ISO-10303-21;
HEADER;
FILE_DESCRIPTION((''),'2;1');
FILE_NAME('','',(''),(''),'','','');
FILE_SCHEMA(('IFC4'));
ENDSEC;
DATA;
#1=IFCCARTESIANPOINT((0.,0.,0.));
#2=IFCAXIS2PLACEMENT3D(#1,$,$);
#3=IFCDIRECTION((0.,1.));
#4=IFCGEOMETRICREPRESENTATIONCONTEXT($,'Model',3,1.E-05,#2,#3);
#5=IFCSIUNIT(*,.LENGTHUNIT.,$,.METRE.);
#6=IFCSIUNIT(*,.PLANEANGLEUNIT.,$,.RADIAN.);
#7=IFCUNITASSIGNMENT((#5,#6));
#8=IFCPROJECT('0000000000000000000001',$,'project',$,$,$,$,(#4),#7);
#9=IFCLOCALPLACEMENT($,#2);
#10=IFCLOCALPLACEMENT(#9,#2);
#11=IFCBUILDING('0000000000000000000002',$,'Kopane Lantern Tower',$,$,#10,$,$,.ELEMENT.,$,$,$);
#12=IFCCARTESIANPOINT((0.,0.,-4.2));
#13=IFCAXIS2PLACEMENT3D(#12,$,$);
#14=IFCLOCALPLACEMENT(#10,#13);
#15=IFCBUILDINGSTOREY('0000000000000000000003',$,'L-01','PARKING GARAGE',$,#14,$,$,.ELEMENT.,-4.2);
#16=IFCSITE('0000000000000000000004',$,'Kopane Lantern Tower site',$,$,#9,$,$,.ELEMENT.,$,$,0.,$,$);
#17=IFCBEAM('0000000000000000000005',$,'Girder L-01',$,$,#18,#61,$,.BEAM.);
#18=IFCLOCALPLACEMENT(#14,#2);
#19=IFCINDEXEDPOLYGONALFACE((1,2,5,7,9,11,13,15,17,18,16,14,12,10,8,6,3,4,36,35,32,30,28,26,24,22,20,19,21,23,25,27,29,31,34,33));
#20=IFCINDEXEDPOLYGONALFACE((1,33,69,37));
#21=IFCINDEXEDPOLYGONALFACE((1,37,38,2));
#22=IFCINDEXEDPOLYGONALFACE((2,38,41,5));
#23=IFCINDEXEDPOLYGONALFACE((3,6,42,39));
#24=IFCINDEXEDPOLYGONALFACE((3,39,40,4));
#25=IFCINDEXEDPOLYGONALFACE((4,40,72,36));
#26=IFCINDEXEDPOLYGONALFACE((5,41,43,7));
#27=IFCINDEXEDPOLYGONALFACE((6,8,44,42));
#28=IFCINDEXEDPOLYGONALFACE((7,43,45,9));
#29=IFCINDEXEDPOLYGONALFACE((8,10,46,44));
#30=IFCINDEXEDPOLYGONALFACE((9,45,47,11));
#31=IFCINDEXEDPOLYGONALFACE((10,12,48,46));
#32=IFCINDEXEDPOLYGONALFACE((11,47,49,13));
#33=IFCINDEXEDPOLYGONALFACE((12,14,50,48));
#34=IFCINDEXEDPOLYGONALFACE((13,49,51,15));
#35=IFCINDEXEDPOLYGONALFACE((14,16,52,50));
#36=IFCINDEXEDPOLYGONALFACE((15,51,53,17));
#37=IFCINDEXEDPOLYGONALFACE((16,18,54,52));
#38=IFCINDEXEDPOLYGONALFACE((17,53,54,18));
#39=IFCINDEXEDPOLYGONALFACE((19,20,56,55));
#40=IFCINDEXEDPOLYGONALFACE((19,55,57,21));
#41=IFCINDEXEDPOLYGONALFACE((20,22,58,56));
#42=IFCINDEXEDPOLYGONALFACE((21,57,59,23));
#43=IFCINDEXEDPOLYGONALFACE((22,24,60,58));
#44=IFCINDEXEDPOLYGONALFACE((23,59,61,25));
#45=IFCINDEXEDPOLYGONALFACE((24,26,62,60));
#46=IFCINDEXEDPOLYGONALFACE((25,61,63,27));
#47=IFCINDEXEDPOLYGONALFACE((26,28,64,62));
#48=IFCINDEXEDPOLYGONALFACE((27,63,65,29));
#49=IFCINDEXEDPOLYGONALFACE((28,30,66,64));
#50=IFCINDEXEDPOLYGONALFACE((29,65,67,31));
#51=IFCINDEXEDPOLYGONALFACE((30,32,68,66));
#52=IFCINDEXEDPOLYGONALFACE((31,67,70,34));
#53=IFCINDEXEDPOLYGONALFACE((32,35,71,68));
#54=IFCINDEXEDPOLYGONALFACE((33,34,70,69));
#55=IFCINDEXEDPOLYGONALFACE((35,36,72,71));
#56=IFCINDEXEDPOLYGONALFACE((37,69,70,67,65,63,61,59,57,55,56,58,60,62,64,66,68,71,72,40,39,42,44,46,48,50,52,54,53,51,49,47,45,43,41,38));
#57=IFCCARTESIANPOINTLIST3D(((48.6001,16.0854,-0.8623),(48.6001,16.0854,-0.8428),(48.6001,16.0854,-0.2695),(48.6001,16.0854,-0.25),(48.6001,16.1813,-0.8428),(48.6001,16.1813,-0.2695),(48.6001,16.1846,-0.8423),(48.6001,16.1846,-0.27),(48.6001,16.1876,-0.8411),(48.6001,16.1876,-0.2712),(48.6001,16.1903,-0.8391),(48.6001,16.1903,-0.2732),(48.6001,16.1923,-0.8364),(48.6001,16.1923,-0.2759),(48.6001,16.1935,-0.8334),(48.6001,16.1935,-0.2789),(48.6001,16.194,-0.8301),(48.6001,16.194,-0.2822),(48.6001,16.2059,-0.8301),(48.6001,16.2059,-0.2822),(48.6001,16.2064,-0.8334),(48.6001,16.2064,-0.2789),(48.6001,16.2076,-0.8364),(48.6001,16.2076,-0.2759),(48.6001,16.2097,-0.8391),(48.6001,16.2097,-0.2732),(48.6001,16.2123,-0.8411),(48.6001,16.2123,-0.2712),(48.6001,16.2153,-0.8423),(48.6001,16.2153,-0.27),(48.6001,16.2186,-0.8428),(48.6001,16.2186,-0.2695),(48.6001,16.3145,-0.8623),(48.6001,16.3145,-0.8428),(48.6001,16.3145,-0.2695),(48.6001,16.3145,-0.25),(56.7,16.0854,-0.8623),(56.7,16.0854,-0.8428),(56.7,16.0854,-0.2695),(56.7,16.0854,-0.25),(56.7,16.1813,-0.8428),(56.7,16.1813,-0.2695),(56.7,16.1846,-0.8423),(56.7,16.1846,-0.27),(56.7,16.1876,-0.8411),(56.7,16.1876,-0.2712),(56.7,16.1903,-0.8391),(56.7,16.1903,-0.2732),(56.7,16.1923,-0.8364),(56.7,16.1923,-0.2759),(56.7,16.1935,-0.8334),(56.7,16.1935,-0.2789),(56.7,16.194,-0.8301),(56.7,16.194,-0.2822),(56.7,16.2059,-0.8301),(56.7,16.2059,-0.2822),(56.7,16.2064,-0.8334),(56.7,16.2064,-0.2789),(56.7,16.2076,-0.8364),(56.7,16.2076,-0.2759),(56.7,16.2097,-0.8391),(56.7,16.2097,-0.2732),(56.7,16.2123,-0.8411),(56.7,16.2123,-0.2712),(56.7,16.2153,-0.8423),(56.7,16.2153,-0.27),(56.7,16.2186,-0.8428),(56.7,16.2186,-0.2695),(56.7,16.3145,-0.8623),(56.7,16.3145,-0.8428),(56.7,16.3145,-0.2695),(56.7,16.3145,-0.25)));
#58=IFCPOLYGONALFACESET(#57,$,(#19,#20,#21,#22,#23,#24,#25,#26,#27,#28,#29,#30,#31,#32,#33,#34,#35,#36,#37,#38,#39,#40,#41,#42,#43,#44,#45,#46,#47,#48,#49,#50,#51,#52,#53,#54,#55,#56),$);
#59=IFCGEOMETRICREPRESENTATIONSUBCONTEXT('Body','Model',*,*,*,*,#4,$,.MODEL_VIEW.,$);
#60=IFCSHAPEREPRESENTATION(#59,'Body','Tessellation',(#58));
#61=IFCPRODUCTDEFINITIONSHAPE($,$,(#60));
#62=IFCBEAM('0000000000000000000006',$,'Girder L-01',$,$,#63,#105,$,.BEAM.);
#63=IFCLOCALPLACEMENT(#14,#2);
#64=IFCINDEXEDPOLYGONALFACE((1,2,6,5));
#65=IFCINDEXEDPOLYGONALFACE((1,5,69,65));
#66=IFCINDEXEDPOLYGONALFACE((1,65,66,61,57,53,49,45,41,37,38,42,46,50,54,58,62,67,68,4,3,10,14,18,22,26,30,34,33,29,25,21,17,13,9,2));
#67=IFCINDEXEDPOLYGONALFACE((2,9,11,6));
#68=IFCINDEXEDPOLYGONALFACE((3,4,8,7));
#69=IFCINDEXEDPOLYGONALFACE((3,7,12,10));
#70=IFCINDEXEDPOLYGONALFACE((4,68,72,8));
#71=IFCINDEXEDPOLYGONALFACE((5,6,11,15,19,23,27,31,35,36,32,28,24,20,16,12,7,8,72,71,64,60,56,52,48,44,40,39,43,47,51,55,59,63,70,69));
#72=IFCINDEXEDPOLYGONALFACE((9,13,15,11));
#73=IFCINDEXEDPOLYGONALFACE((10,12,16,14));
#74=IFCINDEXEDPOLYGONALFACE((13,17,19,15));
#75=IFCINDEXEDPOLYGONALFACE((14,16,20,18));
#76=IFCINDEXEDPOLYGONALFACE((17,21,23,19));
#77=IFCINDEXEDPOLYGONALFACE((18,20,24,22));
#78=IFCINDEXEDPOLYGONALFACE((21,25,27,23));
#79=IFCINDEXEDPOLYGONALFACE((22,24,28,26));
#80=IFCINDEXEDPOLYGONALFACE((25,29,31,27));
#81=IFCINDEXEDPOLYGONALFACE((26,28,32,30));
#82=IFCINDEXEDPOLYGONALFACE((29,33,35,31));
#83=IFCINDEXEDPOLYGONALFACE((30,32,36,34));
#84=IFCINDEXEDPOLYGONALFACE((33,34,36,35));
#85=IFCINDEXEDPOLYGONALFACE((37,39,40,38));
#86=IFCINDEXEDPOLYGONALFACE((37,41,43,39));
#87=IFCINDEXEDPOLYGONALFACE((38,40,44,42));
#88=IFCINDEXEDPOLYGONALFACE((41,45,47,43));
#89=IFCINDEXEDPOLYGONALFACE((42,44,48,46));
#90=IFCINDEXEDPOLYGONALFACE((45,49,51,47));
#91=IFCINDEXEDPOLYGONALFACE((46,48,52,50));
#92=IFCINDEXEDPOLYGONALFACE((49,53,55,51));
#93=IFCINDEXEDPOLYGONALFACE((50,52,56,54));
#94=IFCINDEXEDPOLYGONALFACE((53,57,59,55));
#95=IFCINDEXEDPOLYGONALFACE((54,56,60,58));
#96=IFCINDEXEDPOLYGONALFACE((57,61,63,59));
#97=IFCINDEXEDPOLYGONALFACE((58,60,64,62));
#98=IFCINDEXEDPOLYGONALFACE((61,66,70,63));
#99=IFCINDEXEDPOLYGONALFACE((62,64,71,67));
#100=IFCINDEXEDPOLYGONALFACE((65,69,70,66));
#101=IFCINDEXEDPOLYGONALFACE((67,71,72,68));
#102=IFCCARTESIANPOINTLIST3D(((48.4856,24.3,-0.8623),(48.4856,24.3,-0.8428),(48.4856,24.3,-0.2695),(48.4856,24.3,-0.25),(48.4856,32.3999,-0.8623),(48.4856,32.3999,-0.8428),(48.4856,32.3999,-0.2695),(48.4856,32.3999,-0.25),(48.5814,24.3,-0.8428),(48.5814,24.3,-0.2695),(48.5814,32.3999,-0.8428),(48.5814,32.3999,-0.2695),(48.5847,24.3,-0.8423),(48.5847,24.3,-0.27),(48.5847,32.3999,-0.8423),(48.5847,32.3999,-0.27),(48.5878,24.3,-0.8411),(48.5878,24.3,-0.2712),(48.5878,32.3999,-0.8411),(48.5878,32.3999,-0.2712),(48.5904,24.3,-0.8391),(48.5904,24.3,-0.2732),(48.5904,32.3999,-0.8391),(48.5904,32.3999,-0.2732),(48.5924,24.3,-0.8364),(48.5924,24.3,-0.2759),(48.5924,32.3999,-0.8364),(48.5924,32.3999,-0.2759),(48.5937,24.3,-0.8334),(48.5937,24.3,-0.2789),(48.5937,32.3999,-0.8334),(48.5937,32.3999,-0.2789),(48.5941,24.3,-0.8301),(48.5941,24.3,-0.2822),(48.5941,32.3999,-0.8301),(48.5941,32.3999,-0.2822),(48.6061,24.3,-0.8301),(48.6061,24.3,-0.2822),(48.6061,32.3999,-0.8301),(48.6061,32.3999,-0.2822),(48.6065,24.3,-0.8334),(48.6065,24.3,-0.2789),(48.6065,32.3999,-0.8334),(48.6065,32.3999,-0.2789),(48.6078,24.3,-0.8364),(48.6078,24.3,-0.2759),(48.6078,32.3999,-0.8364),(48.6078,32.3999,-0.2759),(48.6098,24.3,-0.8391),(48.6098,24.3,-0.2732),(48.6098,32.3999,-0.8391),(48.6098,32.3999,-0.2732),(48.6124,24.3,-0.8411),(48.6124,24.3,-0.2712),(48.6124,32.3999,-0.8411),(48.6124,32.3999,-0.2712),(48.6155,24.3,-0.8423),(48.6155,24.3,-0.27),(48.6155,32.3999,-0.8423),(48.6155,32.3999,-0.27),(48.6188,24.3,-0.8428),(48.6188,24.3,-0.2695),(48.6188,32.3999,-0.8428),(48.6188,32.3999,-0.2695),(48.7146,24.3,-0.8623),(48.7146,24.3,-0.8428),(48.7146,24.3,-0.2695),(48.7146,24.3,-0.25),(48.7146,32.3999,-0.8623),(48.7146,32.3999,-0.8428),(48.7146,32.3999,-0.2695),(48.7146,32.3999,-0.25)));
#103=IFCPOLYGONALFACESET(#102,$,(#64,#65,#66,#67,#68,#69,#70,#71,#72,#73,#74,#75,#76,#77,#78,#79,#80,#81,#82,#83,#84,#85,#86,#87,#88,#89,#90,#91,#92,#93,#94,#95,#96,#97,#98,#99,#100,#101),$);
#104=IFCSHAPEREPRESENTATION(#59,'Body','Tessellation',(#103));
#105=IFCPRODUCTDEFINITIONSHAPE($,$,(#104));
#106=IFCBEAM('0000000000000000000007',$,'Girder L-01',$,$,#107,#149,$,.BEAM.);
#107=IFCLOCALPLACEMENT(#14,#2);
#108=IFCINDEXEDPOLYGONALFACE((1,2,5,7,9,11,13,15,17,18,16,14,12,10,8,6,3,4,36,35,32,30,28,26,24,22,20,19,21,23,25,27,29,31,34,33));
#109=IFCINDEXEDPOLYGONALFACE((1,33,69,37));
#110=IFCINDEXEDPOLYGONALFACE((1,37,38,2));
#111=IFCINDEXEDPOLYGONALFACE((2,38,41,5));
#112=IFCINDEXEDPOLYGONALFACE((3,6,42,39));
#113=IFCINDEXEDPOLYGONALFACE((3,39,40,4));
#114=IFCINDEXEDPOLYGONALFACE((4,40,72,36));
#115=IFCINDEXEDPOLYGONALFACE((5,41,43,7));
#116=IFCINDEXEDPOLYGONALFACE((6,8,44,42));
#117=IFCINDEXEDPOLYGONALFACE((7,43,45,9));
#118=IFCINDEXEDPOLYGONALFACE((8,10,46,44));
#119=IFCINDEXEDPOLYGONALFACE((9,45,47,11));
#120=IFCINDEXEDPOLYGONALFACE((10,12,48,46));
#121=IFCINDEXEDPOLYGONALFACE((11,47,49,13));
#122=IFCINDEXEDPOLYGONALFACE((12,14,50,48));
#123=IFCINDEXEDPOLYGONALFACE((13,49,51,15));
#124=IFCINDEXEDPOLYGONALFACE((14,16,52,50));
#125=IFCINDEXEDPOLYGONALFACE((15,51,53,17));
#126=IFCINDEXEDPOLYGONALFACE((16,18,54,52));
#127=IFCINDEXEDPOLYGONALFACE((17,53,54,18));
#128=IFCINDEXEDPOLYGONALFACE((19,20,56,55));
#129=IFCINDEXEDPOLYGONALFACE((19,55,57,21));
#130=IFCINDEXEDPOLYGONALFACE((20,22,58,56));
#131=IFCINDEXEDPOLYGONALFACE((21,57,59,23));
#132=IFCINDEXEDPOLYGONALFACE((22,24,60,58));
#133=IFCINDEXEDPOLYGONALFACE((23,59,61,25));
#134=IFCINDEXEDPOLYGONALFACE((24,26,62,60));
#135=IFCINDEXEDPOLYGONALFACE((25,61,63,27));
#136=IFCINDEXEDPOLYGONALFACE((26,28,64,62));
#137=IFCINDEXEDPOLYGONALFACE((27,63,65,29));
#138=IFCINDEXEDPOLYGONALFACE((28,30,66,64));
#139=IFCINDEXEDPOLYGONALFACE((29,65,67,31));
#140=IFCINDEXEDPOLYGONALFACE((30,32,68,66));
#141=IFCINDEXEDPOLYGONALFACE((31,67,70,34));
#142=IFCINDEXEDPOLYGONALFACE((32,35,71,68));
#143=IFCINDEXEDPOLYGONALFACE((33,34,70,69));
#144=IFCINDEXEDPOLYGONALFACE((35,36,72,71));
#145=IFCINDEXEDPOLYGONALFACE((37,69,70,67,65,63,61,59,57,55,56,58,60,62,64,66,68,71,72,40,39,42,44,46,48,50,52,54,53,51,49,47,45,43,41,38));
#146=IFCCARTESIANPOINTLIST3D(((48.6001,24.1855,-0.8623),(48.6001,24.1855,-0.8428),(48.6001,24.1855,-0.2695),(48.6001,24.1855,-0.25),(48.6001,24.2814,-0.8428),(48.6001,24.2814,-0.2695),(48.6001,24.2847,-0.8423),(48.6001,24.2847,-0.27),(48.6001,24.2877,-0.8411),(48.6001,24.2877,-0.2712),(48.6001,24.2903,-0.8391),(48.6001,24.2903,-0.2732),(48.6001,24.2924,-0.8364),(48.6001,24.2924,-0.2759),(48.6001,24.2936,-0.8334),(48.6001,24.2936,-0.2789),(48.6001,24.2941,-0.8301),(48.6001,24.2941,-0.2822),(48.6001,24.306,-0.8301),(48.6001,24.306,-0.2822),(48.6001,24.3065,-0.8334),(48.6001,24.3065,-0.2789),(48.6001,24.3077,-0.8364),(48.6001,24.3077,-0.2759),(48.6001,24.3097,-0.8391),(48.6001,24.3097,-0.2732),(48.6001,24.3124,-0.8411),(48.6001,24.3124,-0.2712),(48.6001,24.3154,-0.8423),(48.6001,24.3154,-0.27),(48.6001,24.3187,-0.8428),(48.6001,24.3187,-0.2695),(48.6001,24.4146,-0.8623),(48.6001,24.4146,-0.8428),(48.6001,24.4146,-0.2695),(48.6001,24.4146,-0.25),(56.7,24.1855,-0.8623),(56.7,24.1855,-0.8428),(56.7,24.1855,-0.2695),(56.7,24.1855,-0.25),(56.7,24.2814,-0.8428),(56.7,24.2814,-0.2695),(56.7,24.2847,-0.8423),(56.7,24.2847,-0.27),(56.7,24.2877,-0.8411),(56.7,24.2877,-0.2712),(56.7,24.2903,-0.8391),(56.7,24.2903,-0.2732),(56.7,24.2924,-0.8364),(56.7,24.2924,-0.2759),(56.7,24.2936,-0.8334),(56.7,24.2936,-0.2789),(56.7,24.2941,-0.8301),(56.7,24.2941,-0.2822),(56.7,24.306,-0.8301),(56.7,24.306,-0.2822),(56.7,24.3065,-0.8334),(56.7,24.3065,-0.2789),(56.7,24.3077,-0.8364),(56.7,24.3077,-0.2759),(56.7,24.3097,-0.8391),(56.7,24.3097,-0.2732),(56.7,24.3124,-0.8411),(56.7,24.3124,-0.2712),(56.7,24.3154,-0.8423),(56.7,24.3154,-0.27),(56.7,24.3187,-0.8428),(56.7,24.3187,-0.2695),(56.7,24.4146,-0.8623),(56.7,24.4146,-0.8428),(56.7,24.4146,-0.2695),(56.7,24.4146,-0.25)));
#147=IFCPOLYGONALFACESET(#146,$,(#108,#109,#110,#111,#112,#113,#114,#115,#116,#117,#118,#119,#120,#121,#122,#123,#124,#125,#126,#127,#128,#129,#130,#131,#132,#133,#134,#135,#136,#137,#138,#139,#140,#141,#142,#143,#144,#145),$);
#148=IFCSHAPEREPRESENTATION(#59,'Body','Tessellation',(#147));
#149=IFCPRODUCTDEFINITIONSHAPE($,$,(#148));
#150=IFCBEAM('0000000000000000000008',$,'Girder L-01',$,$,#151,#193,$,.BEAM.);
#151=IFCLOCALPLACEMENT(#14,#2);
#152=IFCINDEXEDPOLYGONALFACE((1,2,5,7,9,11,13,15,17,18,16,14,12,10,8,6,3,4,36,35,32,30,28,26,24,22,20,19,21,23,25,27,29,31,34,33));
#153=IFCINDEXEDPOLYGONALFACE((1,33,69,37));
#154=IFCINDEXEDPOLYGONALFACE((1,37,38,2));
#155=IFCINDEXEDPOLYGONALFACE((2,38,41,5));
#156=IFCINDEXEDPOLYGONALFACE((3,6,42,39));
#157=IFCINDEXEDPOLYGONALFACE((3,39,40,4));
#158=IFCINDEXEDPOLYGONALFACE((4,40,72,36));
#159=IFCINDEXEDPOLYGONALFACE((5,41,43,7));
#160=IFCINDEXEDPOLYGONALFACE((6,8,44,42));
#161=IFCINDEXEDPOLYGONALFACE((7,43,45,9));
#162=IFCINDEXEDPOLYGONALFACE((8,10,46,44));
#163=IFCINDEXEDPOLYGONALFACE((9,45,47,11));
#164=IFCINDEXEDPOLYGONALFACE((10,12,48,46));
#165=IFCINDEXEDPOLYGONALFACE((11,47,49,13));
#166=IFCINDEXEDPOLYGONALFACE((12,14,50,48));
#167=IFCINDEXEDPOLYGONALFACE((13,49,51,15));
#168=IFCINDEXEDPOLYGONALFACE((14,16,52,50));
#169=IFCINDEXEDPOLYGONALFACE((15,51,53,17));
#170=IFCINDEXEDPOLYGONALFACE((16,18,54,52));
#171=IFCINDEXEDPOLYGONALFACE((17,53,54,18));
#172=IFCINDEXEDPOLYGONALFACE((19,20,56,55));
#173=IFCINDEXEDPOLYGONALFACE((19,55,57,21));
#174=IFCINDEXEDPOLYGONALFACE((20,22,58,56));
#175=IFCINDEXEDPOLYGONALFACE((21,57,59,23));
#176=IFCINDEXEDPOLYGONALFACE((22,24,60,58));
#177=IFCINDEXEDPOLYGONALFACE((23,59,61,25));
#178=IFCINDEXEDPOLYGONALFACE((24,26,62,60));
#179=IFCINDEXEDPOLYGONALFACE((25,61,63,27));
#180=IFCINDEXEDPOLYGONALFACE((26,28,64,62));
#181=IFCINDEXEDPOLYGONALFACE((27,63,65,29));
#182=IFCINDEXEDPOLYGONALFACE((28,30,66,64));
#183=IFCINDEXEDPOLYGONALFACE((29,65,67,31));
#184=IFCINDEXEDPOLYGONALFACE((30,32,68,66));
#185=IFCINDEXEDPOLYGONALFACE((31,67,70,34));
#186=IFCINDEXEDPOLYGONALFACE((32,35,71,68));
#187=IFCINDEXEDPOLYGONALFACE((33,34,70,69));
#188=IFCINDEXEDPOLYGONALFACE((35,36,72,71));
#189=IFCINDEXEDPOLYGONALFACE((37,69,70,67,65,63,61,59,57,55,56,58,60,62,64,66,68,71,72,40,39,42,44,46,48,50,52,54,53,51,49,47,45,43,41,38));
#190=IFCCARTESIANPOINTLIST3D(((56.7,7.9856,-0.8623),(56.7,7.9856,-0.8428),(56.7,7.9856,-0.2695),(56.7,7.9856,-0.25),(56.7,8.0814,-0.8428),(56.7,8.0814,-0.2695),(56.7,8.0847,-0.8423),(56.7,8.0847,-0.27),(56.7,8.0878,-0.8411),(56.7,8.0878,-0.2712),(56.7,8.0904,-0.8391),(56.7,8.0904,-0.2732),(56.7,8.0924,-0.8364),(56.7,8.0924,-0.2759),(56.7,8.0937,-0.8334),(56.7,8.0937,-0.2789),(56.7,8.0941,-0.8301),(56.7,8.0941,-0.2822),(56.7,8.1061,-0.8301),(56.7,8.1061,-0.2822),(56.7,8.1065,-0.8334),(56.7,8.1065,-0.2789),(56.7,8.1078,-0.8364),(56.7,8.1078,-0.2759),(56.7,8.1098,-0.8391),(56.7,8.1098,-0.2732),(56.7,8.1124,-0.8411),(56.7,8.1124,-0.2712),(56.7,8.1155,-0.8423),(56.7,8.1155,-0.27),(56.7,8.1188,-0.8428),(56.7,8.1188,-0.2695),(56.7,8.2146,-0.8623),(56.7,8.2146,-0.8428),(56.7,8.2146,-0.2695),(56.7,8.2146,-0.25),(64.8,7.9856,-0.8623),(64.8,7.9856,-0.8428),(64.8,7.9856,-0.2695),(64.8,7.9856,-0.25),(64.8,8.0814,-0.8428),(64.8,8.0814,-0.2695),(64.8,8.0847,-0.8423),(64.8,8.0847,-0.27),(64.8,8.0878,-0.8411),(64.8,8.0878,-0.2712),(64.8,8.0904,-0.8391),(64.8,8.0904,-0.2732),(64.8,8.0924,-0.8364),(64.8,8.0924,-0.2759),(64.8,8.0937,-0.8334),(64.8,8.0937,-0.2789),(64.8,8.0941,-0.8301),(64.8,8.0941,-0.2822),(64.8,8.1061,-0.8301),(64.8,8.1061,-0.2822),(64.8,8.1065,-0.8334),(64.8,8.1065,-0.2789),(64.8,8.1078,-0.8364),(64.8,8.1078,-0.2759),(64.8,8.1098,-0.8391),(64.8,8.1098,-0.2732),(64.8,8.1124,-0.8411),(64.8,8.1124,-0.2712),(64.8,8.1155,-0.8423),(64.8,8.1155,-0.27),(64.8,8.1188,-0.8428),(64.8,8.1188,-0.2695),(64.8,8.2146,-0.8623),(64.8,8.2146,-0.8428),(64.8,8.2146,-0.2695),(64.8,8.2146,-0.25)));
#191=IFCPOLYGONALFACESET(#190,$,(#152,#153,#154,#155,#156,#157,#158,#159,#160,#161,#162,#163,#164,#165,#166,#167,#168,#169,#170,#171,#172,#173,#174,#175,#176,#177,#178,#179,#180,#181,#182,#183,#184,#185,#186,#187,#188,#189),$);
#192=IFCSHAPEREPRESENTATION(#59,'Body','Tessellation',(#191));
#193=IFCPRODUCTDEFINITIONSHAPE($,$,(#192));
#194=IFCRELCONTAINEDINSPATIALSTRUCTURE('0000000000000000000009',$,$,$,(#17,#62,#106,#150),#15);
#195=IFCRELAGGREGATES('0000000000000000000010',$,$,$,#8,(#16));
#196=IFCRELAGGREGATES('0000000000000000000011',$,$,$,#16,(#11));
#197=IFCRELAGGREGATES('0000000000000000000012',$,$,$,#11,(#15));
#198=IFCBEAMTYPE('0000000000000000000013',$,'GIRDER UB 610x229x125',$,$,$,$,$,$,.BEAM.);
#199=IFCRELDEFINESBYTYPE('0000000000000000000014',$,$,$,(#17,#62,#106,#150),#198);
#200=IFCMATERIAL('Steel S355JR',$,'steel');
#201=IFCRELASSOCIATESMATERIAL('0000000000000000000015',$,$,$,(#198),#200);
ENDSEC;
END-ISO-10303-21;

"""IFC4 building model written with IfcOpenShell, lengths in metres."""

from ifc_helpers import new_model, si_unit, direction, frame, origin, origin_2d, place, context, subcontext, project, spatial, i_section, extrude, material, material_profile, profile_set, type_object, element, save


model = new_model("IFC4")

# Units and contexts
model_context = context("Model", 3, precision=1e-05, world=origin(), true_north=direction((0.0, 1.0)))
body_context = subcontext(model_context, "Body", "Model", "MODEL_VIEW")
ifc_project = project(units=[si_unit("LENGTHUNIT", "METRE"), si_unit("PLANEANGLEUNIT", "RADIAN")], contexts=[model_context])

# Site, building, storey
site_placement = place(None, origin())
site = spatial("IfcSite", under=ifc_project, at=site_placement, Name="Kopane Lantern Tower site", CompositionType="ELEMENT", RefElevation=0.0)
building_placement = place(site_placement, origin())
building = spatial("IfcBuilding", under=site, at=building_placement, Name="Kopane Lantern Tower", CompositionType="ELEMENT")
storey_placement = place(building_placement, frame((0.0, 0.0, -4.2)))
storey = spatial("IfcBuildingStorey", under=building, at=storey_placement, Name="L-01", Description="PARKING GARAGE", CompositionType="ELEMENT", Elevation=-4.2)

# Beams
ifc_material_1 = material(Name="Steel S355JR", Category="steel")
ifc_material_profile_1 = material_profile(ifc_material_1, i_section(OverallWidth=0.229, OverallDepth=0.6123, WebThickness=0.012, FlangeThickness=0.0195, FilletRadius=0.0127, at=origin_2d()), Name="UB 610x229x125")
ifc_profile_set_1 = profile_set([ifc_material_profile_1], Name="Steel S355JR")
beam_type = type_object("IfcBeamType", Name="GIRDER UB 610x229x125", PredefinedType="BEAM", material=ifc_profile_set_1)
for number, where, z_axis, x_axis, name in (
    (1, (48.6001, 16.2, -0.5562), (1.0, 0.0, 0.0), (0.0, 1.0, 0.0), "Girder L-01"),
    (2, (48.6001, 24.3, -0.5562), (0.0, 1.0, 0.0), (-1.0, 0.0, 0.0), "Girder L-01"),
    (3, (48.6001, 24.3, -0.5562), (1.0, 0.0, 0.0), (0.0, 1.0, 0.0), "Girder L-01"),
):
    element("IfcBeam", number, at=place(storey_placement, frame(where, z_axis=z_axis, x_axis=x_axis)), inside=storey, type_object=beam_type, Name=name, PredefinedType="BEAM", context=body_context, shape_type="SweptSolid", body=[
        extrude(i_section(OverallWidth=0.229, OverallDepth=0.6123, WebThickness=0.012, FlangeThickness=0.0195, FilletRadius=0.0127, at=origin_2d()), origin(), (0.0, 0.0, 1.0), 8.0999),
    ])
for number, where, z_axis, x_axis, name in (
    (4, (56.7, 8.1001, -0.5562), (1.0, 0.0, 0.0), (0.0, 1.0, 0.0), "Girder L-01"),
):
    element("IfcBeam", number, at=place(storey_placement, frame(where, z_axis=z_axis, x_axis=x_axis)), inside=storey, type_object=beam_type, Name=name, PredefinedType="BEAM", context=body_context, shape_type="SweptSolid", body=[
        extrude(i_section(OverallWidth=0.229, OverallDepth=0.6123, WebThickness=0.012, FlangeThickness=0.0195, FilletRadius=0.0127, at=origin_2d()), origin(), (0.0, 0.0, 1.0), 8.1001),
    ])

save(model, "model.ifc")
